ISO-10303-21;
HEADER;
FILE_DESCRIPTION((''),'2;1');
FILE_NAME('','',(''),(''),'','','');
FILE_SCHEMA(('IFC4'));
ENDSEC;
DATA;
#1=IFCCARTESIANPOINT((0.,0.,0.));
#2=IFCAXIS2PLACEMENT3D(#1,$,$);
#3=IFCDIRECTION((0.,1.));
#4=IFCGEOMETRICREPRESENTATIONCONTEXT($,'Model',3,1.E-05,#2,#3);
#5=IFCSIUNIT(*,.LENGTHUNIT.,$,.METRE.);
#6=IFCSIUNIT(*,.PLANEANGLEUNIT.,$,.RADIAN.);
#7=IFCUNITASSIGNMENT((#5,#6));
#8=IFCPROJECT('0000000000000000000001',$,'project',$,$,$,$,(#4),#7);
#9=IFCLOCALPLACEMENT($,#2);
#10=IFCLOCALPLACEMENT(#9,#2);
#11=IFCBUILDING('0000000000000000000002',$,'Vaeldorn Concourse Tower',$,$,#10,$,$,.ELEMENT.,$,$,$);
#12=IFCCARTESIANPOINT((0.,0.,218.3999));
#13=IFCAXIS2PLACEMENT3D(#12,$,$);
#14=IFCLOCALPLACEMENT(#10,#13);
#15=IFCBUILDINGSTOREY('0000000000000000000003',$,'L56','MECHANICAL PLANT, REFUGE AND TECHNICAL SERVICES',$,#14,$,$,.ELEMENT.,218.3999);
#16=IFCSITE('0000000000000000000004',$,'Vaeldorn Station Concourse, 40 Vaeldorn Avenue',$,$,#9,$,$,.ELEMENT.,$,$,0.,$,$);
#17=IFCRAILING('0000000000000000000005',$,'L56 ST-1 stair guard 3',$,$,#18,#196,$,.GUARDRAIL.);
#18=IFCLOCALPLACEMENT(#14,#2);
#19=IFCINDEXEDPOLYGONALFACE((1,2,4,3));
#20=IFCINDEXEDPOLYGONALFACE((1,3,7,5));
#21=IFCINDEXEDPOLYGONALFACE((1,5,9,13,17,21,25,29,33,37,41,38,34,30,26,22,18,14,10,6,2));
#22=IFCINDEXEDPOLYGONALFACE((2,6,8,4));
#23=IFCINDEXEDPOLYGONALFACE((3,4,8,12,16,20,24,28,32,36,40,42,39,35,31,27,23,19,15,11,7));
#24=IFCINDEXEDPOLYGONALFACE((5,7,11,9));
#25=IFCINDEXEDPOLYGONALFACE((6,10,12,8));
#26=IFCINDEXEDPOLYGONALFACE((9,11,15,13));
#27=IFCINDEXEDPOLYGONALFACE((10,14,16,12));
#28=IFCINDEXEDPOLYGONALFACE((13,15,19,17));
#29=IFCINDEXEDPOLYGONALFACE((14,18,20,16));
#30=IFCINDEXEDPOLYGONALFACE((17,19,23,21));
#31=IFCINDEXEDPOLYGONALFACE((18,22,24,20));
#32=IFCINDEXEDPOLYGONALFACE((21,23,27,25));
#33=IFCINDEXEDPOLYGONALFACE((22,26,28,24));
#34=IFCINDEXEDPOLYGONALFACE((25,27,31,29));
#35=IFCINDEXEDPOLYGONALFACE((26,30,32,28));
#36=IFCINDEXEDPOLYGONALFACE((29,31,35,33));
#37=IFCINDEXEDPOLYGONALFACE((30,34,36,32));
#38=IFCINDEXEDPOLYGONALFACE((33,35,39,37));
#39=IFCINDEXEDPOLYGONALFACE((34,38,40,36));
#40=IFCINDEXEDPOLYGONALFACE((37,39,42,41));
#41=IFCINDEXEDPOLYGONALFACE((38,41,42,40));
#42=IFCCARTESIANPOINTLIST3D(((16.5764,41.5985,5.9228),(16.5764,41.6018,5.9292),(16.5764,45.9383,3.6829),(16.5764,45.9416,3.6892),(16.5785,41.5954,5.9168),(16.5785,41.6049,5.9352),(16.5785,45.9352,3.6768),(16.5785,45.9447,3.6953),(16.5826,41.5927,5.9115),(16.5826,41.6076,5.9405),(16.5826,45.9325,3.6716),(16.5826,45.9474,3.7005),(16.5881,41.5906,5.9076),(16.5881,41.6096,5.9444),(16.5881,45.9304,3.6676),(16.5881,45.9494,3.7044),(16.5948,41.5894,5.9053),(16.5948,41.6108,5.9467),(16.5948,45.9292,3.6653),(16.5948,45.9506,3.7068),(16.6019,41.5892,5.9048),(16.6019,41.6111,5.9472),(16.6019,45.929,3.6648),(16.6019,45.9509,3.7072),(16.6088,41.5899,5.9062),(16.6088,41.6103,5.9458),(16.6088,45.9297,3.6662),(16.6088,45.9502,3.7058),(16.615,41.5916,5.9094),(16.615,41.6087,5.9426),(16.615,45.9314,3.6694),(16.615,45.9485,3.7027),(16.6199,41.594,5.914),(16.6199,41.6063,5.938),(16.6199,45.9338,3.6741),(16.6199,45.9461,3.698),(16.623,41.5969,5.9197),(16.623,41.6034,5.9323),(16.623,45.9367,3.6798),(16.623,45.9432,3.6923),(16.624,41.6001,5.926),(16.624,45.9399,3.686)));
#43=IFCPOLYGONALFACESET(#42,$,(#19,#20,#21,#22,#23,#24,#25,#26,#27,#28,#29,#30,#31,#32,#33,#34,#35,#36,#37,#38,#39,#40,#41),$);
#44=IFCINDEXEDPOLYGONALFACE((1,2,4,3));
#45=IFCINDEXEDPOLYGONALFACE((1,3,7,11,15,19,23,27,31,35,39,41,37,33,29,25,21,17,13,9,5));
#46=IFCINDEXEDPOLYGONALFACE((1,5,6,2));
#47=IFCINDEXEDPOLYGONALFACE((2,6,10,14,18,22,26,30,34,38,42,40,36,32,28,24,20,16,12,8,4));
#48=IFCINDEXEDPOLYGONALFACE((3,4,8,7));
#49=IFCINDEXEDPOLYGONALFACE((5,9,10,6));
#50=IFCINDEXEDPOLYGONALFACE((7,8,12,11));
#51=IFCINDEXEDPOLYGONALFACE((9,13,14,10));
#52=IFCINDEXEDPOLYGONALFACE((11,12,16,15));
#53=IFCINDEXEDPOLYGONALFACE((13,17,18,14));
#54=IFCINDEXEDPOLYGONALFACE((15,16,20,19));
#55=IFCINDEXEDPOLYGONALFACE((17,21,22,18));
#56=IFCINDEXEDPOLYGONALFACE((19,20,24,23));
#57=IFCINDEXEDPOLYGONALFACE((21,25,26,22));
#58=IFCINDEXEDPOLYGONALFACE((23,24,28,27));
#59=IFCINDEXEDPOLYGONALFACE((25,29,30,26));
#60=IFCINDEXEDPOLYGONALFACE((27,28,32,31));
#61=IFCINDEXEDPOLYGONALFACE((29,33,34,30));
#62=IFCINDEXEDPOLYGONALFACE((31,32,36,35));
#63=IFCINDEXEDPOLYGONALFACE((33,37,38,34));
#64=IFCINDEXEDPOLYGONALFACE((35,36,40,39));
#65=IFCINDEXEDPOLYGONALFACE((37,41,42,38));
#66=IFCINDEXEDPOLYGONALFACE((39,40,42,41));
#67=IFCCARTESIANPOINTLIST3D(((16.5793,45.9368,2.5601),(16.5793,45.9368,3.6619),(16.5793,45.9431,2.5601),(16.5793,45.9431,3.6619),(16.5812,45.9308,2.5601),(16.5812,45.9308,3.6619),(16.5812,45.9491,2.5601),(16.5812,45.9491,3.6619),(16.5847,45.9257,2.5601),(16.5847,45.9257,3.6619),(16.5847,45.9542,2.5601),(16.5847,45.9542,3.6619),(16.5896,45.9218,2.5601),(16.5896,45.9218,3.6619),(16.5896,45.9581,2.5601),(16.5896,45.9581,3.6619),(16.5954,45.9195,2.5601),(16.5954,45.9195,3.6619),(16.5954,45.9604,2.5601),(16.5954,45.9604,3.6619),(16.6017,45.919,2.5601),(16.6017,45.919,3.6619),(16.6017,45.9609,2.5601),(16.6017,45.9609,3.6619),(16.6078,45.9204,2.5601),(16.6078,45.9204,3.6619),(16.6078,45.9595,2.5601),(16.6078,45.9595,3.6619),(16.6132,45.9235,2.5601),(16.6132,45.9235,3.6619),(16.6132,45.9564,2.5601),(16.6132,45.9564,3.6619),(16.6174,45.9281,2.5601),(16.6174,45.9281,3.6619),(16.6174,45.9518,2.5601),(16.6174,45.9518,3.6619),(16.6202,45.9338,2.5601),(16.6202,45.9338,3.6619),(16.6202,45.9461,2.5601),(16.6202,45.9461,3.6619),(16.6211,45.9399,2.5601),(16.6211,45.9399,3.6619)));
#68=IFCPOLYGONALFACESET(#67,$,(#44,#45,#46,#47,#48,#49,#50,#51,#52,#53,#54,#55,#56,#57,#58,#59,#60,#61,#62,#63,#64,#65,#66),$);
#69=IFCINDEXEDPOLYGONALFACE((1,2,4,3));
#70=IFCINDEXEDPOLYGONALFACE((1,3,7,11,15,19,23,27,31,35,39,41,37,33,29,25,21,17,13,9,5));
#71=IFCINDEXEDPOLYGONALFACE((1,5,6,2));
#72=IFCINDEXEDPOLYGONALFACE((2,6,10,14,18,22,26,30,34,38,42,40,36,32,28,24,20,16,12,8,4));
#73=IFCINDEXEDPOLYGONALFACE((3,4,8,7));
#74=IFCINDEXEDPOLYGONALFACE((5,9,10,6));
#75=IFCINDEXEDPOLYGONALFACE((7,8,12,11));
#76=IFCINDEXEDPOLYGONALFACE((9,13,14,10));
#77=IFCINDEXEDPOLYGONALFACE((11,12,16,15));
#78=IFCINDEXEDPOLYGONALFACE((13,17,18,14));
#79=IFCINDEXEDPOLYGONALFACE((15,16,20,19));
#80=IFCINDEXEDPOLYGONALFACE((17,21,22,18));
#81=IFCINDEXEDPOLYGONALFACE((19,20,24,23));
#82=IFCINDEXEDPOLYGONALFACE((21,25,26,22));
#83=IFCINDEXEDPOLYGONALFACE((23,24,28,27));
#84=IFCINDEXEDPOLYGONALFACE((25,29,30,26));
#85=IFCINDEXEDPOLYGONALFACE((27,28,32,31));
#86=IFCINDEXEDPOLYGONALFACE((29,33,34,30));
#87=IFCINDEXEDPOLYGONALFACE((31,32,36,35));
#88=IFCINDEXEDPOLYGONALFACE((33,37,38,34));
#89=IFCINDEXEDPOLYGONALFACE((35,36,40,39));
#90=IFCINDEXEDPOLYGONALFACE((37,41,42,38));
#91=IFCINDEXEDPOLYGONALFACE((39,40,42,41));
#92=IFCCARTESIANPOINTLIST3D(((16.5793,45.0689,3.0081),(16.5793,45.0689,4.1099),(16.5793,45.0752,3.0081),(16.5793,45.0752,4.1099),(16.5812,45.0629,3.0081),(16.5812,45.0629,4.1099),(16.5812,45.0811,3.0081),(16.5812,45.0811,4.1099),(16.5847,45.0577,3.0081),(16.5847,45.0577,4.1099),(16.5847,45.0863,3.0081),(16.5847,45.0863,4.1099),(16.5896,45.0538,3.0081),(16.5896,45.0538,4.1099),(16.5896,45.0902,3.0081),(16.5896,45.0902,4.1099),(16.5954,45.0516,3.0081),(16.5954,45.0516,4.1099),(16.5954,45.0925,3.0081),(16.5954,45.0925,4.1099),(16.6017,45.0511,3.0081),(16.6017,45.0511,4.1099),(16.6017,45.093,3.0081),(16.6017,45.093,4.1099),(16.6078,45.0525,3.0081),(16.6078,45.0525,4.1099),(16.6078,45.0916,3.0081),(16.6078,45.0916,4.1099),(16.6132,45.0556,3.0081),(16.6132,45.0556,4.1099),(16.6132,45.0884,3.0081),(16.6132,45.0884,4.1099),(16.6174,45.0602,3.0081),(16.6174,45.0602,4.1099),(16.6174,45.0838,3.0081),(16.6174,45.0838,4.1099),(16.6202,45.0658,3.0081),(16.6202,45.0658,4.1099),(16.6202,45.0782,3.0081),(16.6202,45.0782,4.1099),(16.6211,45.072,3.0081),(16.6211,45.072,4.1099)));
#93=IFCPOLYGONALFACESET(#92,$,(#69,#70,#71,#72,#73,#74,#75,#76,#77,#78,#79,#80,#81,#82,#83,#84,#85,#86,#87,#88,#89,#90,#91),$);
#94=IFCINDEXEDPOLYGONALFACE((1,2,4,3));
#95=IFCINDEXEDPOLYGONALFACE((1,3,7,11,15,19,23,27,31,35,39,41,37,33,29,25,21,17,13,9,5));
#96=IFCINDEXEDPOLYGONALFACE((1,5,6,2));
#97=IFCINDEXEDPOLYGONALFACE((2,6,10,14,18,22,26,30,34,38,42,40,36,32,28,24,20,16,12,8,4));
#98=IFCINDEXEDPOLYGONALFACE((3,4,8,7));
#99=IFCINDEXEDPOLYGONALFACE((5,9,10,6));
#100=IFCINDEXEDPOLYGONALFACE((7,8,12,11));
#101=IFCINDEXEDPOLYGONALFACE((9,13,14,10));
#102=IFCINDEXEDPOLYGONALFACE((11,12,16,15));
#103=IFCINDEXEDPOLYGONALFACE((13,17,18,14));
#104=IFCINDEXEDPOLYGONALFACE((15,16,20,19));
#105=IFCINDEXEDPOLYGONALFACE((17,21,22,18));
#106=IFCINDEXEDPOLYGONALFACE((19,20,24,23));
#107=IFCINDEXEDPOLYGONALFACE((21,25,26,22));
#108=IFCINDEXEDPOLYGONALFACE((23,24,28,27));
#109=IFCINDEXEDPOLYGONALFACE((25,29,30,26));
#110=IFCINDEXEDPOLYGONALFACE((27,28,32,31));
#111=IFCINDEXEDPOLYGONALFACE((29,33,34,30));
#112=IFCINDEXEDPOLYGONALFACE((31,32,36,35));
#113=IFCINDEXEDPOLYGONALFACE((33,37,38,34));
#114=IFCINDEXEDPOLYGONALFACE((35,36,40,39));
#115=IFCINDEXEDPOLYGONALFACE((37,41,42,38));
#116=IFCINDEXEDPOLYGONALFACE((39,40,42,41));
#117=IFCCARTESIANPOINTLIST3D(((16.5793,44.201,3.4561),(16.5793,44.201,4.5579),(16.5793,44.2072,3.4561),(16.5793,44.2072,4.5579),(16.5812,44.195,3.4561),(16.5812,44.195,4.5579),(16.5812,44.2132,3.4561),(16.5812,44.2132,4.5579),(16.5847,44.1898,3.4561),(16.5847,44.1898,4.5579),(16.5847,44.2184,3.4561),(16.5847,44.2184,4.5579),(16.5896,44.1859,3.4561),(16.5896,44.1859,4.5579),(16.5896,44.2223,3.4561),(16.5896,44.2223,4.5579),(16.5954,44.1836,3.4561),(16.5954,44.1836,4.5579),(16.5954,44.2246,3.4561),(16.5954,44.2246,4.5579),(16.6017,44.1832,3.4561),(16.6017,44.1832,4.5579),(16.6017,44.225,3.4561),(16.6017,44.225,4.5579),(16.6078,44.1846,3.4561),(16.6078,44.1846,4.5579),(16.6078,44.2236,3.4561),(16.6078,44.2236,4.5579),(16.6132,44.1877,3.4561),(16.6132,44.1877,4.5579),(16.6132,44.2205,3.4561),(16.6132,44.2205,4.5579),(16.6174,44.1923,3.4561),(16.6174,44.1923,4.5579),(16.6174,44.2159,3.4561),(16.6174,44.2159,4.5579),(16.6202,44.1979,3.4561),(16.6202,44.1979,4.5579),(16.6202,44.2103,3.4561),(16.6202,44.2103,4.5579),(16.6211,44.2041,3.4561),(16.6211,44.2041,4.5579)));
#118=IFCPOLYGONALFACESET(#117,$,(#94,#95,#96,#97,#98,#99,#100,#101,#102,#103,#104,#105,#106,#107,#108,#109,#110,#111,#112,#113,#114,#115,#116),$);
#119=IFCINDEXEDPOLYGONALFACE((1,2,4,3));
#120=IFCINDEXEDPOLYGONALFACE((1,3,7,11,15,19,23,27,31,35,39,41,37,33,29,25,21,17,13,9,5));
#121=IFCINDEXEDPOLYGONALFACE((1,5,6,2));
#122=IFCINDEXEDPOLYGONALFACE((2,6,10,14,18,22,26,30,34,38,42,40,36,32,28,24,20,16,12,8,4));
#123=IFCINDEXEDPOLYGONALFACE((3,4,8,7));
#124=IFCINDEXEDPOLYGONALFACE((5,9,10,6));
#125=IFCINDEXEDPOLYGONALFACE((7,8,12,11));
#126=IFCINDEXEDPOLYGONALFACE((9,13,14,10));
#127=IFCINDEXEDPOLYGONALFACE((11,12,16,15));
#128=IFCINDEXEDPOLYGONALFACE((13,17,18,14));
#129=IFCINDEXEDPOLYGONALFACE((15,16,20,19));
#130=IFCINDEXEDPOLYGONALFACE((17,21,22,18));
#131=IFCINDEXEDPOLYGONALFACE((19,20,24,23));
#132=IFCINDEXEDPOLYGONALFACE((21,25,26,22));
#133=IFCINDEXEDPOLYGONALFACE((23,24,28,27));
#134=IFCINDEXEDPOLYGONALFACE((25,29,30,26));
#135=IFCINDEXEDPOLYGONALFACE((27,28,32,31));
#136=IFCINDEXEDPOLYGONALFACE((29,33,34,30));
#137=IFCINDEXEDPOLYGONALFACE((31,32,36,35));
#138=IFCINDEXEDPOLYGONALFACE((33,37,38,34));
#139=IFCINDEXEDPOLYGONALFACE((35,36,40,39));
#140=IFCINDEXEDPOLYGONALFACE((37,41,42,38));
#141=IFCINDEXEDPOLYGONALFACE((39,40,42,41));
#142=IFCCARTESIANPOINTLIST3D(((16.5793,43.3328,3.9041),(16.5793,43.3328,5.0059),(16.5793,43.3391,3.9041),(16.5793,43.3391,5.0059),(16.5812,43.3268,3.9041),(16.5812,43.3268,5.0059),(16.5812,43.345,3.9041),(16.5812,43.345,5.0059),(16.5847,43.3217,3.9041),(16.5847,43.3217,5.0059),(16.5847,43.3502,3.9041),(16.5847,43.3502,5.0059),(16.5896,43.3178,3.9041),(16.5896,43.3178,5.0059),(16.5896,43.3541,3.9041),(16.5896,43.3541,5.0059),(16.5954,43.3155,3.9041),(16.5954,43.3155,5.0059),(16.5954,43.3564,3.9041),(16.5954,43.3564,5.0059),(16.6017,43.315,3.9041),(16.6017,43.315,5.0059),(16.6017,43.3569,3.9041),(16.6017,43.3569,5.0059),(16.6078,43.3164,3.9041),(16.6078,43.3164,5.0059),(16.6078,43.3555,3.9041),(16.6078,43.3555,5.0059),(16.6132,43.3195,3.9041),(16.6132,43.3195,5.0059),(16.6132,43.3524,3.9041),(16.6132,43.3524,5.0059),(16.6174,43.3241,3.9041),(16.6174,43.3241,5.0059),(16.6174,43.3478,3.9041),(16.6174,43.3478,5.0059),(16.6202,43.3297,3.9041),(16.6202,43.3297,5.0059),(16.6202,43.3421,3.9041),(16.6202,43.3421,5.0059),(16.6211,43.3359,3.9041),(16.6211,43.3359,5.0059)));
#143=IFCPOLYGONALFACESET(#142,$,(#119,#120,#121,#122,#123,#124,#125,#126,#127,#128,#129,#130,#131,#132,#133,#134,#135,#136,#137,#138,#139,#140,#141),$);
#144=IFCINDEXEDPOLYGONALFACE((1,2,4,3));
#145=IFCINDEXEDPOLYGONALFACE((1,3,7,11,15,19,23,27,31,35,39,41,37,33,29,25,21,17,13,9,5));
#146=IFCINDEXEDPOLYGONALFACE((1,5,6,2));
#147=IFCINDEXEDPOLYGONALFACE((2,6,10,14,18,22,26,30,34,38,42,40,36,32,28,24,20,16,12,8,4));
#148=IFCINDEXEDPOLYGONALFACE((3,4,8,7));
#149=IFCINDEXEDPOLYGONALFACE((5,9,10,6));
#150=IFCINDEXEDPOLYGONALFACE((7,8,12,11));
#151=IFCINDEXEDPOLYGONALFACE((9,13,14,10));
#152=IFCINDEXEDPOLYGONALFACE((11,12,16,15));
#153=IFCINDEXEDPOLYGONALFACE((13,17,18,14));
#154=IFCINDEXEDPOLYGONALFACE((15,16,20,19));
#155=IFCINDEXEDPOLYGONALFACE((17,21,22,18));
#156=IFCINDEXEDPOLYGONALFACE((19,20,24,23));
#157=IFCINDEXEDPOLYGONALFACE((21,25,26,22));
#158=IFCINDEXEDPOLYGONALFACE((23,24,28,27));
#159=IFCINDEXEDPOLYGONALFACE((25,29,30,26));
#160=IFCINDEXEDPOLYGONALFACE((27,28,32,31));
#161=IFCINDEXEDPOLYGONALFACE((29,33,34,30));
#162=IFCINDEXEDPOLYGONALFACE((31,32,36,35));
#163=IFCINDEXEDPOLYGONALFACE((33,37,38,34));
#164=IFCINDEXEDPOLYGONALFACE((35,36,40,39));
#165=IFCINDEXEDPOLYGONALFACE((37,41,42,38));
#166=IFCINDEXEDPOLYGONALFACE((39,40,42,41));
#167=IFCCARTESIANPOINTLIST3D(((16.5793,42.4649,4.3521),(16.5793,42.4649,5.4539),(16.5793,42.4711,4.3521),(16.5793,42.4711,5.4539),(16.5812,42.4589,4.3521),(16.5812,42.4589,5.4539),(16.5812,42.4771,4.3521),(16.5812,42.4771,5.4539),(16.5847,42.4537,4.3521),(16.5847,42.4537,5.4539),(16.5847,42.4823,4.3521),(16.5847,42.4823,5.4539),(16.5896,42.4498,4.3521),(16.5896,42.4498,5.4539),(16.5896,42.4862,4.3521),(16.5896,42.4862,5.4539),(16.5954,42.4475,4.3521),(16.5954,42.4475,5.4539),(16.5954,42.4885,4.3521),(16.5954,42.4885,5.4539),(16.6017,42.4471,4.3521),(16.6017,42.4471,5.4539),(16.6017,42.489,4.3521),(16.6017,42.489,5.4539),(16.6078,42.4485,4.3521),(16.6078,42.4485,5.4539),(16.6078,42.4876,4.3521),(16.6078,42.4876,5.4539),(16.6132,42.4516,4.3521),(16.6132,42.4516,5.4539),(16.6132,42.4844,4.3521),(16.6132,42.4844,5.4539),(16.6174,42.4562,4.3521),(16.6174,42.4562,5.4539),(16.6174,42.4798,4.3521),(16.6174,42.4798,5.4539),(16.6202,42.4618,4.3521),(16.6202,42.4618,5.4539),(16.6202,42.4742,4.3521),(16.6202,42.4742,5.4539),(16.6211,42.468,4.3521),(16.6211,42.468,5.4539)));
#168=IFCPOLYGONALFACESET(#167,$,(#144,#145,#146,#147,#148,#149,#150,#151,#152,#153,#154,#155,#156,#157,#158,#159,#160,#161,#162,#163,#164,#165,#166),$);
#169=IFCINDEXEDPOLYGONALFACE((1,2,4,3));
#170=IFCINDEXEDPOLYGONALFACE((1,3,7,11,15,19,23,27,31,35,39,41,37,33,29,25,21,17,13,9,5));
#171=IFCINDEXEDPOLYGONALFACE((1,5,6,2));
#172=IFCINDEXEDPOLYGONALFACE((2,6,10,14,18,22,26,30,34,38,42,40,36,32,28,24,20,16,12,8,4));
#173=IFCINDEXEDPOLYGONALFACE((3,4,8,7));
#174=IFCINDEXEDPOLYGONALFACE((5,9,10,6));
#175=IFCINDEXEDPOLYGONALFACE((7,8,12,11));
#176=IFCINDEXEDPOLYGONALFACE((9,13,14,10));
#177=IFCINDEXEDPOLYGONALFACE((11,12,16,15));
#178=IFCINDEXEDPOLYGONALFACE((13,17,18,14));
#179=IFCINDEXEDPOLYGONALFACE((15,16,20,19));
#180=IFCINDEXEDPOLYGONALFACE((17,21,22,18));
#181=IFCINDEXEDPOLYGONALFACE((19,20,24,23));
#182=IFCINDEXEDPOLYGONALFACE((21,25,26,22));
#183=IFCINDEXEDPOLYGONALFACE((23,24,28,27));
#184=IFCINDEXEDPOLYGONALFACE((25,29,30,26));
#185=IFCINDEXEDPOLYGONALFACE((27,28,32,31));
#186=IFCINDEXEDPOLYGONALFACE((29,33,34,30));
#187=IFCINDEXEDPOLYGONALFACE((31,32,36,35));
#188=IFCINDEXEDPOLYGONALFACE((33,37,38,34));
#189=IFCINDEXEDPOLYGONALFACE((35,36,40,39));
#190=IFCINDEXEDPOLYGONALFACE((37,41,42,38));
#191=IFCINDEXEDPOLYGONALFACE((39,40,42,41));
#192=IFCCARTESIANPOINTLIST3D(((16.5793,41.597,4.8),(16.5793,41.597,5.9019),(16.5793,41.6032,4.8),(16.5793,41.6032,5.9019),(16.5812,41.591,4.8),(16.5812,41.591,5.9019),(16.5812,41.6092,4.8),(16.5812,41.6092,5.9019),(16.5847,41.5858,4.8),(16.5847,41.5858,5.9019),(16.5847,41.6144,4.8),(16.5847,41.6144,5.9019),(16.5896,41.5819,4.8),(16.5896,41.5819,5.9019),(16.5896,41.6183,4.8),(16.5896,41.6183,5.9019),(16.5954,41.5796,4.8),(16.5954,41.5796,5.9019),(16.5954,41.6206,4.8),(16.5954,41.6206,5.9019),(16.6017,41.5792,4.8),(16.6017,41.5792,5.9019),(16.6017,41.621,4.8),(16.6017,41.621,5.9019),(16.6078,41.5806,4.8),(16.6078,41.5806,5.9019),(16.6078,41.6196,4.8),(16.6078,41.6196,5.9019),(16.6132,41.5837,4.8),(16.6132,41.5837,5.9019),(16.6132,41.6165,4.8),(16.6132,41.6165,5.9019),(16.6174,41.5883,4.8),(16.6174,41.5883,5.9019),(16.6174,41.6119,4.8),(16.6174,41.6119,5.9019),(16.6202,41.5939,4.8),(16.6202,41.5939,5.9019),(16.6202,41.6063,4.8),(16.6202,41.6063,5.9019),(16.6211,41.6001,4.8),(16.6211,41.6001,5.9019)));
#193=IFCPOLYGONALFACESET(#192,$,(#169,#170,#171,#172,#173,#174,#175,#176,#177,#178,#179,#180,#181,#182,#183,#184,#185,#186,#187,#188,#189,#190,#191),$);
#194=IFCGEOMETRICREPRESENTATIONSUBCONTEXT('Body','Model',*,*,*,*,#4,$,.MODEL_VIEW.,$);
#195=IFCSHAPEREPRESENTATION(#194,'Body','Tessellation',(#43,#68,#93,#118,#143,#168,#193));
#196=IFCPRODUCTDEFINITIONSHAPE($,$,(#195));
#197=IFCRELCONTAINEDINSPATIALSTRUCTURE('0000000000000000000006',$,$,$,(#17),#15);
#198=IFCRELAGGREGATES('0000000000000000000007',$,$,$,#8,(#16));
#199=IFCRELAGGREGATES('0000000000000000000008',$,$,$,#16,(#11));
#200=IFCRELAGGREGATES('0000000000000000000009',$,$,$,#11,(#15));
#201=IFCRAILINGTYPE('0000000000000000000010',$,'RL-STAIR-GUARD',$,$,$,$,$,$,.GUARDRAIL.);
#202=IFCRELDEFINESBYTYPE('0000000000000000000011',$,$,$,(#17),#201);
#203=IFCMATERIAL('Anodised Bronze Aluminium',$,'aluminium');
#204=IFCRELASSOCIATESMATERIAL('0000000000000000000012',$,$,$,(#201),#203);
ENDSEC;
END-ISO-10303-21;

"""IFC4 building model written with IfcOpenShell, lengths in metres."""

from ifc_helpers import new_model, si_unit, direction, frame, origin, origin_2d, place, context, subcontext, project, spatial, circle, extrude, material, type_object, element, save


model = new_model("IFC4")

# Units and contexts
model_context = context("Model", 3, precision=1e-05, world=origin(), true_north=direction((0.0, 1.0)))
body_context = subcontext(model_context, "Body", "Model", "MODEL_VIEW")
ifc_project = project(units=[si_unit("LENGTHUNIT", "METRE"), si_unit("PLANEANGLEUNIT", "RADIAN")], contexts=[model_context])

# Site, building, storey
site_placement = place(None, origin())
site = spatial("IfcSite", under=ifc_project, at=site_placement, Name="Vaeldorn Station Concourse, 40 Vaeldorn Avenue", CompositionType="ELEMENT", RefElevation=0.0)
building_placement = place(site_placement, origin())
building = spatial("IfcBuilding", under=site, at=building_placement, Name="Vaeldorn Concourse Tower", CompositionType="ELEMENT")
storey_placement = place(building_placement, frame((0.0, 0.0, 218.3999)))
storey = spatial("IfcBuildingStorey", under=building, at=storey_placement, Name="L56", Description="MECHANICAL PLANT, REFUGE AND TECHNICAL SERVICES", CompositionType="ELEMENT", Elevation=218.3999)

# Railing
ifc_material_1 = material(Name="Anodised Bronze Aluminium", Category="aluminium")
railing_type_1 = type_object("IfcRailingType", Name="RL-STAIR-GUARD", PredefinedType="GUARDRAIL", material=ifc_material_1)
railing_1_placement = place(storey_placement, frame((16.6001, 45.9399, 2.5601)))
element("IfcRailing", 1, at=railing_1_placement, inside=storey, type_object=railing_type_1, Name="L56 ST-1 stair guard 3", PredefinedType="GUARDRAIL", context=body_context, shape_type="SweptSolid", body=[
    extrude(circle(Radius=0.0239, at=origin_2d()), frame((0.0, 0.0, 1.126), z_axis=(0.0, -0.888615, 0.458654), x_axis=(1.0, 0.0, 0.0)), (0.0, 0.0, 1.0), 4.8838),
    extrude(circle(Radius=0.021, at=origin_2d()), origin(), (0.0, 0.0, 1.0), 1.1018),
    extrude(circle(Radius=0.021, at=origin_2d()), frame((0.0, -0.8679, 0.448)), (0.0, 0.0, 1.0), 1.1018),
    extrude(circle(Radius=0.021, at=origin_2d()), frame((0.0, -1.7358, 0.896)), (0.0, 0.0, 1.0), 1.1018),
    extrude(circle(Radius=0.021, at=origin_2d()), frame((0.0, -2.604, 1.344)), (0.0, 0.0, 1.0), 1.1018),
    extrude(circle(Radius=0.021, at=origin_2d()), frame((0.0, -3.4719, 1.792)), (0.0, 0.0, 1.0), 1.1018),
    extrude(circle(Radius=0.021, at=origin_2d()), frame((0.0, -4.3398, 2.24)), (0.0, 0.0, 1.0), 1.1018),
])

save(model, "model.ifc")
